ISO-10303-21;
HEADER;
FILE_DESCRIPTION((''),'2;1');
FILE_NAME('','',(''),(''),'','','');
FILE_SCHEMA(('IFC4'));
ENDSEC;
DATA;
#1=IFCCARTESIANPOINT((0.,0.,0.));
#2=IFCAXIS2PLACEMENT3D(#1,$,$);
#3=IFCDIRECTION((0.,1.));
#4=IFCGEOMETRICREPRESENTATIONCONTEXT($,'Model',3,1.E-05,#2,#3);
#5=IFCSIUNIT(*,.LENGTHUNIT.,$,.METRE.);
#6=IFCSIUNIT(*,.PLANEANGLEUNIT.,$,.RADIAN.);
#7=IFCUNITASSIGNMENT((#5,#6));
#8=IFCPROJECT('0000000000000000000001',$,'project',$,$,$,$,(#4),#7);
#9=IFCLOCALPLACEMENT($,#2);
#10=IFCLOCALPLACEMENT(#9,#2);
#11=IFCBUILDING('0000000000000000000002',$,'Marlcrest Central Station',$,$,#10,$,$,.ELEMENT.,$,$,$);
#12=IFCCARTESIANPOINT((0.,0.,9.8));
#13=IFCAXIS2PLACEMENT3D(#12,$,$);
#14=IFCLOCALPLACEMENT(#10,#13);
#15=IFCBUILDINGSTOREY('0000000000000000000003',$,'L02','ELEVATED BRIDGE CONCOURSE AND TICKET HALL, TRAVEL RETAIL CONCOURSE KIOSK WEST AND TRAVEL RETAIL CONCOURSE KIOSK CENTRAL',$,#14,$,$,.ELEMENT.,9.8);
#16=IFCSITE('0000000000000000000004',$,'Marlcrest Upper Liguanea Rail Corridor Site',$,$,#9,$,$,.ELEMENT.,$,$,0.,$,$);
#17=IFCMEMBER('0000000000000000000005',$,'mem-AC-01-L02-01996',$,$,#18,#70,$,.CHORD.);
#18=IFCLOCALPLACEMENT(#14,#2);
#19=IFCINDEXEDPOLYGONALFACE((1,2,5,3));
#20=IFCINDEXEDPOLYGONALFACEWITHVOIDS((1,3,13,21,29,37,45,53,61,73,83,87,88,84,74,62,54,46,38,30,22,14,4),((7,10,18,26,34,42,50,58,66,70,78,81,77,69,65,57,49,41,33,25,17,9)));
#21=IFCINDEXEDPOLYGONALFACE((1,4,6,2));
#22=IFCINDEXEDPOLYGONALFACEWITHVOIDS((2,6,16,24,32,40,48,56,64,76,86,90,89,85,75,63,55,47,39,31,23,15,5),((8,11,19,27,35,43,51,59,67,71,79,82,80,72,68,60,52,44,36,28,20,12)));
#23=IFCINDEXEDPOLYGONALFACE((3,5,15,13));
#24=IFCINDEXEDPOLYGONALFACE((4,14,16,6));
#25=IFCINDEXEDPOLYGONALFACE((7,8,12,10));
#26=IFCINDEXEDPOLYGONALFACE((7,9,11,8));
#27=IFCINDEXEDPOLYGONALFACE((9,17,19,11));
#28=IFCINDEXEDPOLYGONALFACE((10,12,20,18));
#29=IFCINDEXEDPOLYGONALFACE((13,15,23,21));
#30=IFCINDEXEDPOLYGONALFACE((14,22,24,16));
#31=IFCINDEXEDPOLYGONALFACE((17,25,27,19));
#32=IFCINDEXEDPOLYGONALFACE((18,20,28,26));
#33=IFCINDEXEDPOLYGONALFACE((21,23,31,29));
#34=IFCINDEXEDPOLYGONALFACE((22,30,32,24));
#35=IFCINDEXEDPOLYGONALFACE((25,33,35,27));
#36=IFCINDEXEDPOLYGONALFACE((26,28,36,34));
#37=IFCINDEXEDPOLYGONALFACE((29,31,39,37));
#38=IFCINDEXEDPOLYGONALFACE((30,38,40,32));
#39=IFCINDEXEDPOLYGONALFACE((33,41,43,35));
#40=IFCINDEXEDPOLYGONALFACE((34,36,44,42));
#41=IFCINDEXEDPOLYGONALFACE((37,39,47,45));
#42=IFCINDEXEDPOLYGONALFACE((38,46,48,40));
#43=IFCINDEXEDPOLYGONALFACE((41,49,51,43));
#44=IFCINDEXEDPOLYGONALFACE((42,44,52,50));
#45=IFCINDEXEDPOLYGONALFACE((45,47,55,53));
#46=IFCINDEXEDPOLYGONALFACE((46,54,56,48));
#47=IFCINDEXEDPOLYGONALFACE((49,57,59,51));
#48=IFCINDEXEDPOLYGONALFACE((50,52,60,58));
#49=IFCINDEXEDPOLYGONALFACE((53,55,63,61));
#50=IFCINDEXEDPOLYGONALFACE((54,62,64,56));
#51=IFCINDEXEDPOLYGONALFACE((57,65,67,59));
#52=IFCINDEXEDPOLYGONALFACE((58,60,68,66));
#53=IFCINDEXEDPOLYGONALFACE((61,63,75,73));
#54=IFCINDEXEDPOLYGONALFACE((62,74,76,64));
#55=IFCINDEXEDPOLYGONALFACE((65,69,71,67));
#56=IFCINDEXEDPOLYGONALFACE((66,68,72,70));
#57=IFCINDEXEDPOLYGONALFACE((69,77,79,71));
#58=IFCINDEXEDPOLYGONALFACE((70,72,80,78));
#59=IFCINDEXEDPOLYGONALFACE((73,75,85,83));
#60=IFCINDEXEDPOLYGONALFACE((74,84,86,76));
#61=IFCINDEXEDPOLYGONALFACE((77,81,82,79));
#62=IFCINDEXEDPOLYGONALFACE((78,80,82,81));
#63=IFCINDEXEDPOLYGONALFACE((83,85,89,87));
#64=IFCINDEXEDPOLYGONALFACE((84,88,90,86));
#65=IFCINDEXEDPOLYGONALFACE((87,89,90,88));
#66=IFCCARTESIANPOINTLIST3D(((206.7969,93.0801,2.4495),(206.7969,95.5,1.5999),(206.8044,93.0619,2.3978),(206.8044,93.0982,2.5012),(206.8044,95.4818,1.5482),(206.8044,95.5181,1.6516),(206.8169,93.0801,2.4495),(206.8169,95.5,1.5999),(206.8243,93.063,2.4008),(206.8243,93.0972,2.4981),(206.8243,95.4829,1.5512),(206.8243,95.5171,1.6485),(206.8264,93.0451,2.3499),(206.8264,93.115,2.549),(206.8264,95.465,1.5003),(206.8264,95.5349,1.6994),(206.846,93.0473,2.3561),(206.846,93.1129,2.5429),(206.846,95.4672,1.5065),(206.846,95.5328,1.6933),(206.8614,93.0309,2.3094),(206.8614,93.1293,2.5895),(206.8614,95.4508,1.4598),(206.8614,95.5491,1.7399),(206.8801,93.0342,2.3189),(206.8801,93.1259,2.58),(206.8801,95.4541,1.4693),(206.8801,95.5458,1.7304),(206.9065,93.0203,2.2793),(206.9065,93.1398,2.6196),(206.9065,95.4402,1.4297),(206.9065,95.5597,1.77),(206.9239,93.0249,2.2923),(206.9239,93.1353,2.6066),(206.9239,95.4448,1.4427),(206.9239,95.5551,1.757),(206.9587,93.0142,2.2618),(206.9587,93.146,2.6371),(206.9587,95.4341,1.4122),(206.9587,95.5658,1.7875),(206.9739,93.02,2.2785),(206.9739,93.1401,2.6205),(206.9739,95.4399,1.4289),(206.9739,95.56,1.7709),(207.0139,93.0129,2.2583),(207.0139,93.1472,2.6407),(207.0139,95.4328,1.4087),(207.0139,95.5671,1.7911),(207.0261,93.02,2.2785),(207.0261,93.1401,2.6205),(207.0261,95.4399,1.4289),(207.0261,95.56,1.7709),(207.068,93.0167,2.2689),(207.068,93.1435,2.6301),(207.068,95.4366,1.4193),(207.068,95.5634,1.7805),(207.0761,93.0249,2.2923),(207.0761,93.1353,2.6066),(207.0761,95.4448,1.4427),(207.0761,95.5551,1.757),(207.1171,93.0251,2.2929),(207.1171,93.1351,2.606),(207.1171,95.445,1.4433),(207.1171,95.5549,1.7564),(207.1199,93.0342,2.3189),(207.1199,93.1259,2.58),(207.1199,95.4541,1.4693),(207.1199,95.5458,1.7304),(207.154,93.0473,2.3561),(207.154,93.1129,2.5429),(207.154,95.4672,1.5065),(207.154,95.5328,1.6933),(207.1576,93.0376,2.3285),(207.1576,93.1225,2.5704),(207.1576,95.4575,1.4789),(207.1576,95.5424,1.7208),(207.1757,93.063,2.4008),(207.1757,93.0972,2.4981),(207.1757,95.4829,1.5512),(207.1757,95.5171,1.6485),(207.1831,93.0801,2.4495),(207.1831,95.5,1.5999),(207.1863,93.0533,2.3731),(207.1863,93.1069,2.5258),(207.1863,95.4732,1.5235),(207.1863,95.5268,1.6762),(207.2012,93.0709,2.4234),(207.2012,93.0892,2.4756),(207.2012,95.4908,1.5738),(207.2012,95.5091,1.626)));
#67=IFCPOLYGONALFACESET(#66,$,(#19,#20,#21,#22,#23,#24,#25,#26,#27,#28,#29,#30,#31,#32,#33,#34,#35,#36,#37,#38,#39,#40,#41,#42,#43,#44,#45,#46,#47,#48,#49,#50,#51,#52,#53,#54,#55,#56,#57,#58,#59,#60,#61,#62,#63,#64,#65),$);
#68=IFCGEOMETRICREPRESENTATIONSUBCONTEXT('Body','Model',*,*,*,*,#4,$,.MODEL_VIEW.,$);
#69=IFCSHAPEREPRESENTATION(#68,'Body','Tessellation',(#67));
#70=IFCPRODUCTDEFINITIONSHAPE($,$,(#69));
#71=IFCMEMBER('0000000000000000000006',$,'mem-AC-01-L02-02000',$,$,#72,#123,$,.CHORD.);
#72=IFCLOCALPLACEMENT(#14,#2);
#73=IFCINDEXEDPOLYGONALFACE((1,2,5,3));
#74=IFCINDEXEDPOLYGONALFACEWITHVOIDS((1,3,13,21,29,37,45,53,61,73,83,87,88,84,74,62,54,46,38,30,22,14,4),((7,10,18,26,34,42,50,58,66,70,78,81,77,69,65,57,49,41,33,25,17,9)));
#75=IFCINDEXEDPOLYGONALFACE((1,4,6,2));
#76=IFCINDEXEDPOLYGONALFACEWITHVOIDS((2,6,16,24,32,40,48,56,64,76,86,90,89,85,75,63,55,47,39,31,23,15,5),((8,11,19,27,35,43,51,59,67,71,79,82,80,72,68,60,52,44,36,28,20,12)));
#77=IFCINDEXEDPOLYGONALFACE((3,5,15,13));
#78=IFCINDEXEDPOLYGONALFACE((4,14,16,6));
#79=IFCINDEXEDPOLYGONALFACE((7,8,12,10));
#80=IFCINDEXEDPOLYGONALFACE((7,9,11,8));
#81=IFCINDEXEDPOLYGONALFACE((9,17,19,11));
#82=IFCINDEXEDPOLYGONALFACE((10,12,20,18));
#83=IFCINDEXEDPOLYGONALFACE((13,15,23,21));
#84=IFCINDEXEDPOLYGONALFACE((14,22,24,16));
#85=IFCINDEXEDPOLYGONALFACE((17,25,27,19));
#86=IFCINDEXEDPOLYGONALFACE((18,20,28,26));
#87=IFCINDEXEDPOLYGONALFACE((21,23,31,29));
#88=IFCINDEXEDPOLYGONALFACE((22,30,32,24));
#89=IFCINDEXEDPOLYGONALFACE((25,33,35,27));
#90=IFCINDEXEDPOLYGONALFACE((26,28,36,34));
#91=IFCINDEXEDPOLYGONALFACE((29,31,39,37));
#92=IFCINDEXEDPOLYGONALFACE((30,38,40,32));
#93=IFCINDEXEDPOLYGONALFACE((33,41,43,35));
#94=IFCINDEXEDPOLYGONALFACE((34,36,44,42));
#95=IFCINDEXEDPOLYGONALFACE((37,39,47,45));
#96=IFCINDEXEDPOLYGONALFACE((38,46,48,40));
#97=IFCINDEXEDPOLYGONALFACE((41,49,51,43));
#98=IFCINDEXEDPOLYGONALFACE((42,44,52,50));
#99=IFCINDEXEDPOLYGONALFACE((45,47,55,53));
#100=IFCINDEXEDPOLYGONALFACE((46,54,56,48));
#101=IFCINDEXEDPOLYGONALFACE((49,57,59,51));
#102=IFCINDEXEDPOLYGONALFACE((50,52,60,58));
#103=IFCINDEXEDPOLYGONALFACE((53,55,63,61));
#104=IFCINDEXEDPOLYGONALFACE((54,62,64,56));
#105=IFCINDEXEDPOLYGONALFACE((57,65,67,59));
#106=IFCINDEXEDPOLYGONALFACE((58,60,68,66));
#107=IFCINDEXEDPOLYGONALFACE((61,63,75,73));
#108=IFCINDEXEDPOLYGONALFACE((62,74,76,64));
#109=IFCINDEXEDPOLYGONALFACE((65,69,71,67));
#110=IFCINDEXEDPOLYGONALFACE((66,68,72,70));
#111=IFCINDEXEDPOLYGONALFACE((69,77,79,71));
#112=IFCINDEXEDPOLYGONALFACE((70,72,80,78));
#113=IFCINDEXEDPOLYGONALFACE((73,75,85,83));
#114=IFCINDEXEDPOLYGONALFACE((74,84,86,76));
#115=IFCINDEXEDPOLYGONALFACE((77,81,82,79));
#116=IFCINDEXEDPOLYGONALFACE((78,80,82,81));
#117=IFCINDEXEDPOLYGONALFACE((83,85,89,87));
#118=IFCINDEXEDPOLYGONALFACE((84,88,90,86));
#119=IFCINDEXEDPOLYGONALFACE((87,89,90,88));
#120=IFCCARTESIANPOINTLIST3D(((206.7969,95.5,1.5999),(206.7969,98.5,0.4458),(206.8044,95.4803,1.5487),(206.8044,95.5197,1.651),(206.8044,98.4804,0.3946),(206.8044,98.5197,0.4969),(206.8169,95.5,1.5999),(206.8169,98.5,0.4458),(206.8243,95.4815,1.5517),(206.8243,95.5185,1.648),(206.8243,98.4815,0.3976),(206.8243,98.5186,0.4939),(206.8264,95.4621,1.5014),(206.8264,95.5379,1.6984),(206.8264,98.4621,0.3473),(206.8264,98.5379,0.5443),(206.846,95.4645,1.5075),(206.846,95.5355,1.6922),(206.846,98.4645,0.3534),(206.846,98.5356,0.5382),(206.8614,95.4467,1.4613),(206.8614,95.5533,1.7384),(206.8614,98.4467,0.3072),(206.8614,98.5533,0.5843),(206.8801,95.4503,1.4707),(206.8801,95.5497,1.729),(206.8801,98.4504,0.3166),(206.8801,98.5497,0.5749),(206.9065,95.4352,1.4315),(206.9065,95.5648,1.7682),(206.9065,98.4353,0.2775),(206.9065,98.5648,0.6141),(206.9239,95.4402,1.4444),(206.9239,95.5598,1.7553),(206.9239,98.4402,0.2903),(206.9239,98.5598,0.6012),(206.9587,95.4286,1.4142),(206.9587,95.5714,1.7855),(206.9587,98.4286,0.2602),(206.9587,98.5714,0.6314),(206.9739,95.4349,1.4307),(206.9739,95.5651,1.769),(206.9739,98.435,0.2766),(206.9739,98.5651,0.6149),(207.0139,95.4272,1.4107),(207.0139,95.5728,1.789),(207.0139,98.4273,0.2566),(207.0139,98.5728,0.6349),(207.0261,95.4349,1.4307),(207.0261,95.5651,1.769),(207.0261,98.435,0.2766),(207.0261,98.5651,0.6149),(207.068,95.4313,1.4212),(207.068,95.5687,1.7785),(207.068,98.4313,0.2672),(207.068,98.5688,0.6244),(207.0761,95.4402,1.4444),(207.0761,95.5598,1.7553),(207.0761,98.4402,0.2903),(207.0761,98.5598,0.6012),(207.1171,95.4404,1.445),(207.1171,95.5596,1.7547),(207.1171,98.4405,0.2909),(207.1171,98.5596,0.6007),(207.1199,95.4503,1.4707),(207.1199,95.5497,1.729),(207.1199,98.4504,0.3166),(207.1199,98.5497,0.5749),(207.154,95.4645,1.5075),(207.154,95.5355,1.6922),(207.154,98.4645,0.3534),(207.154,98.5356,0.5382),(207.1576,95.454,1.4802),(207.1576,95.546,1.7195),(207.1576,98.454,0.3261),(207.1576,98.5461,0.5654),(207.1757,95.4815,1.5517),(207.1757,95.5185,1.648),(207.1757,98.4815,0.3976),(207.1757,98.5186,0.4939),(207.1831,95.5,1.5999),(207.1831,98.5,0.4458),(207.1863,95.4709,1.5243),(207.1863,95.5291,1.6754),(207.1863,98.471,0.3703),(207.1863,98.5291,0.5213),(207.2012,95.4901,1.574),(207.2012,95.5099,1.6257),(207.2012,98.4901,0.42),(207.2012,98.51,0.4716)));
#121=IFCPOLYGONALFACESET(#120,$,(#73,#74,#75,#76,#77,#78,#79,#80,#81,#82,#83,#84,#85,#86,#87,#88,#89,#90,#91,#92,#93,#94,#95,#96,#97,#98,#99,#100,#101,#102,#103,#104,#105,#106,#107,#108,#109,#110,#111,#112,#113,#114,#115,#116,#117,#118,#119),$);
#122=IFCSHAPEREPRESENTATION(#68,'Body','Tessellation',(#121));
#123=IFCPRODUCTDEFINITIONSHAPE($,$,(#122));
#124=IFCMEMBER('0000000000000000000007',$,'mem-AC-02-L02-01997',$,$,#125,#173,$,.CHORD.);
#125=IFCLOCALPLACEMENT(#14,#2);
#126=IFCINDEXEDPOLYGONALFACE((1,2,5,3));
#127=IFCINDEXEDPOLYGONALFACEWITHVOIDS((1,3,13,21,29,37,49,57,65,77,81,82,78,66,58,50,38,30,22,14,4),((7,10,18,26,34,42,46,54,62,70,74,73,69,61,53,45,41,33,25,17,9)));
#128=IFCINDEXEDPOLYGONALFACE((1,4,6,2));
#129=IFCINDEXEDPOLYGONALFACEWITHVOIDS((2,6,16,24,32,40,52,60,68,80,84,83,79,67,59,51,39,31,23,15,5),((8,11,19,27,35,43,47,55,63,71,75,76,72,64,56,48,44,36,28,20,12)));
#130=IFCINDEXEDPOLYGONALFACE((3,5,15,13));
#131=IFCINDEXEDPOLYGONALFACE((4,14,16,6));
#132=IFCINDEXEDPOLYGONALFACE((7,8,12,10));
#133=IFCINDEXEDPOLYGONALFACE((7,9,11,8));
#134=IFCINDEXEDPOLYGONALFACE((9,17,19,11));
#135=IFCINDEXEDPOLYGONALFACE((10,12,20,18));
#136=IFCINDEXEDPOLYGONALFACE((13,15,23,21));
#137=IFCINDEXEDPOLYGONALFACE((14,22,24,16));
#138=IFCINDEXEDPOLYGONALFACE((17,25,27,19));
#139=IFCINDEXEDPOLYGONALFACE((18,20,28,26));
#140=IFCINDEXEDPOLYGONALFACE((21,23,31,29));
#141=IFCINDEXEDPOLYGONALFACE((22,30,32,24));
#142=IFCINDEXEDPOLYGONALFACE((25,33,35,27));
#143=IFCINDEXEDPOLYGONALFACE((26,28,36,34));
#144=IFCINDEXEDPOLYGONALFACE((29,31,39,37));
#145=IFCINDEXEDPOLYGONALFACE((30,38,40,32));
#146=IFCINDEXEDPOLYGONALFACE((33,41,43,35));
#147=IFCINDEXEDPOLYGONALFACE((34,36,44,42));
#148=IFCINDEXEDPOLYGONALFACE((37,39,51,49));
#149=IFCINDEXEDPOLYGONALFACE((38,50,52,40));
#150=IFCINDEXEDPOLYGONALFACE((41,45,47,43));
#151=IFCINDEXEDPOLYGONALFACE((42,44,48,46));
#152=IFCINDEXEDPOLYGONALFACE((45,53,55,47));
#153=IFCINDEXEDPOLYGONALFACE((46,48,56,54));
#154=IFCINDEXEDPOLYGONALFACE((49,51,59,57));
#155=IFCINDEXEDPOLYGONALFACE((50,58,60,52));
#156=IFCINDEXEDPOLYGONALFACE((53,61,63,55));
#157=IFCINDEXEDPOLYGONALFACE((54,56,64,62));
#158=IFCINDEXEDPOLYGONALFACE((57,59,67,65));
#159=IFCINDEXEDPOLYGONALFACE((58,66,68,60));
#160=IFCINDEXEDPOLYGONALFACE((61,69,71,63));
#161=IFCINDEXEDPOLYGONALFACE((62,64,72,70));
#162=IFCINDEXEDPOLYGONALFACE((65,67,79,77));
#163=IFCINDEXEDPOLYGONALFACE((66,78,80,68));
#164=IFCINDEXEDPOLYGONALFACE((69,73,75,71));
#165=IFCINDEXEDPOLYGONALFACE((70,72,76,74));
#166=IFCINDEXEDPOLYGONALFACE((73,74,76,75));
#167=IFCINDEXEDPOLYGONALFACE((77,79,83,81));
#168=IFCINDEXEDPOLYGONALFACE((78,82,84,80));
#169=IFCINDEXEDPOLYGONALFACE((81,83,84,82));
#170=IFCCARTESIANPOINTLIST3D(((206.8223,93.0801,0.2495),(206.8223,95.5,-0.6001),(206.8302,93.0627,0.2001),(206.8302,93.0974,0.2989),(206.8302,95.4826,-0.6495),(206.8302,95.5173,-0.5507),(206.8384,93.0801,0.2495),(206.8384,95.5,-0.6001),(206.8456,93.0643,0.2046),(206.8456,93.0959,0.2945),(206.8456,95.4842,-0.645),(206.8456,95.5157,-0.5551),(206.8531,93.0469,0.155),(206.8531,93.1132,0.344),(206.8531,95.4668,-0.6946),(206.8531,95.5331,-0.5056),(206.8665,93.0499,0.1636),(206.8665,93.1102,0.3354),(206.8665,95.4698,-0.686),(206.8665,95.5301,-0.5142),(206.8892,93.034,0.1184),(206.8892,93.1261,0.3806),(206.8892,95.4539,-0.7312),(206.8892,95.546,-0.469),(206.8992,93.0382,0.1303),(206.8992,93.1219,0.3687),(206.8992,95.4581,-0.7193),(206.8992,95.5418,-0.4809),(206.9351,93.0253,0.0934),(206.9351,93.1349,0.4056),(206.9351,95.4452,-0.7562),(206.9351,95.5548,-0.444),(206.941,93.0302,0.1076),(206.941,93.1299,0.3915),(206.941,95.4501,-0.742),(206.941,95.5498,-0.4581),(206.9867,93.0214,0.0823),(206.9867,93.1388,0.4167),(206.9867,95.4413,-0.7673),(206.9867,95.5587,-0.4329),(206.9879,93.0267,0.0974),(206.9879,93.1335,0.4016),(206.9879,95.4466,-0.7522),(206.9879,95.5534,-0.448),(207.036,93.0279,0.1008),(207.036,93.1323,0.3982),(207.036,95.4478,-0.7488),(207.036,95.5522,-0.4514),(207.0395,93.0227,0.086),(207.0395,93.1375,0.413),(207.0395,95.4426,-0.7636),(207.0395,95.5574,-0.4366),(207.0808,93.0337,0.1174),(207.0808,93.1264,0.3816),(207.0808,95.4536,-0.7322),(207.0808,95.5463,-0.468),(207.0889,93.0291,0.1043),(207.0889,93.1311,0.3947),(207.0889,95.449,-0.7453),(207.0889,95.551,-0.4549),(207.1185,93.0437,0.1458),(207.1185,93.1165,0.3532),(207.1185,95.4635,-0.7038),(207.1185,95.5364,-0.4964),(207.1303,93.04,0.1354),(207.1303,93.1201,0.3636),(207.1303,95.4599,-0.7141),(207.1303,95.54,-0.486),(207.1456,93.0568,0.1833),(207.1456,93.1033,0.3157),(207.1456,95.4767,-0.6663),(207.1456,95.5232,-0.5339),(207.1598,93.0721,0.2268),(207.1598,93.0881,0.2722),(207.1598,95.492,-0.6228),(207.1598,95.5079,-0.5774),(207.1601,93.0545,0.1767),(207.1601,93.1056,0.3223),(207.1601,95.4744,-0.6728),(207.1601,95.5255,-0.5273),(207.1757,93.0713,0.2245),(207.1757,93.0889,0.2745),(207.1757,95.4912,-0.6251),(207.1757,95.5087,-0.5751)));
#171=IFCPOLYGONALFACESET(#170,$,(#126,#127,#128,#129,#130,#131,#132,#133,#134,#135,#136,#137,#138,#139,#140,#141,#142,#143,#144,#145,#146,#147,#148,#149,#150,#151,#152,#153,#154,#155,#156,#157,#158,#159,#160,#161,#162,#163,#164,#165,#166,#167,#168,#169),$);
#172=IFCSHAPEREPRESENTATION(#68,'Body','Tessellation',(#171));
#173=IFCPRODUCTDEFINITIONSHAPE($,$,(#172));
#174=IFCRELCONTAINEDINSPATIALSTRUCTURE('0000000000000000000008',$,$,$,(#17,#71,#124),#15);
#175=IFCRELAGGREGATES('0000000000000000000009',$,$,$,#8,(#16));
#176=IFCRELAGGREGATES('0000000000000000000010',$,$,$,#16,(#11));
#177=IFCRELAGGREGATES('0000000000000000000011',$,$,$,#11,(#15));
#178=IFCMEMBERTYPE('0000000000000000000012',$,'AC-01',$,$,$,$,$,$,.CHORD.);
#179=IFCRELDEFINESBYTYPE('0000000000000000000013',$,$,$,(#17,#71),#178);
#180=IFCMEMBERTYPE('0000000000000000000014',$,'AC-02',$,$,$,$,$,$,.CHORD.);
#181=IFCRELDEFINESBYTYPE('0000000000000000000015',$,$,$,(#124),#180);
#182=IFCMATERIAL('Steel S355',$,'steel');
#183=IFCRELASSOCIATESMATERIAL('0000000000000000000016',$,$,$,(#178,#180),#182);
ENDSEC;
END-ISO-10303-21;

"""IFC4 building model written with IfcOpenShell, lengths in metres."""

from ifc_helpers import new_model, si_unit, direction, frame, origin, origin_2d, place, context, subcontext, project, spatial, hollow_circle, extrude, material, material_profile, profile_set, type_object, element, save


model = new_model("IFC4")

# Units and contexts
model_context = context("Model", 3, precision=1e-05, world=origin(), true_north=direction((0.0, 1.0)))
body_context = subcontext(model_context, "Body", "Model", "MODEL_VIEW")
ifc_project = project(units=[si_unit("LENGTHUNIT", "METRE"), si_unit("PLANEANGLEUNIT", "RADIAN")], contexts=[model_context])

# Site, building, storey
site_placement = place(None, origin())
site = spatial("IfcSite", under=ifc_project, at=site_placement, Name="Marlcrest Upper Liguanea Rail Corridor Site", CompositionType="ELEMENT", RefElevation=0.0)
building_placement = place(site_placement, origin())
building = spatial("IfcBuilding", under=site, at=building_placement, Name="Marlcrest Central Station", CompositionType="ELEMENT")
storey_placement = place(building_placement, frame((0.0, 0.0, 9.8)))
storey = spatial("IfcBuildingStorey", under=building, at=storey_placement, Name="L02", Description="ELEVATED BRIDGE CONCOURSE AND TICKET HALL, TRAVEL RETAIL CONCOURSE KIOSK WEST AND TRAVEL RETAIL CONCOURSE KIOSK CENTRAL", CompositionType="ELEMENT", Elevation=9.8)

# Members
ifc_material_1 = material(Name="Steel S355", Category="steel")
ifc_material_profile_1 = material_profile(ifc_material_1, hollow_circle(Radius=0.2031, WallThickness=0.02, at=origin_2d()), Name="CHS 406.4x20")
ifc_profile_set_1 = profile_set([ifc_material_profile_1], Name="Steel S355")
member_type_1 = type_object("IfcMemberType", Name="AC-01", PredefinedType="CHORD", material=ifc_profile_set_1)
member_1_placement = place(storey_placement, frame((207.0, 93.0801, 2.4495), z_axis=(0.0, 0.943537, -0.331266), x_axis=(-1.0, 0.0, 0.0)))
element("IfcMember", 1, at=member_1_placement, inside=storey, type_object=member_type_1, Name="mem-AC-01-L02-01996", PredefinedType="CHORD", context=body_context, shape_type="SweptSolid", body=[
    extrude(hollow_circle(Radius=0.2031, WallThickness=0.02, at=origin_2d()), origin(), (0.0, 0.0, 1.0), 2.5647),
])
member_2_placement = place(storey_placement, frame((207.0, 95.5, 1.5999), z_axis=(0.0, 0.933324, -0.359035), x_axis=(-1.0, 0.0, 0.0)))
element("IfcMember", 2, at=member_2_placement, inside=storey, type_object=member_type_1, Name="mem-AC-01-L02-02000", PredefinedType="CHORD", context=body_context, shape_type="SweptSolid", body=[
    extrude(hollow_circle(Radius=0.2031, WallThickness=0.02, at=origin_2d()), origin(), (0.0, 0.0, 1.0), 3.2144),
])
ifc_material_profile_2 = material_profile(ifc_material_1, hollow_circle(Radius=0.1777, WallThickness=0.0161, at=origin_2d()), Name="CHS 355.6x16")
ifc_profile_set_2 = profile_set([ifc_material_profile_2], Name="Steel S355")
member_type_2 = type_object("IfcMemberType", Name="AC-02", PredefinedType="CHORD", material=ifc_profile_set_2)
member_3_placement = place(storey_placement, frame((207.0, 93.0801, 0.2495), z_axis=(0.0, 0.943537, -0.331266), x_axis=(-1.0, 0.0, 0.0)))
element("IfcMember", 3, at=member_3_placement, inside=storey, type_object=member_type_2, Name="mem-AC-02-L02-01997", PredefinedType="CHORD", context=body_context, shape_type="SweptSolid", body=[
    extrude(hollow_circle(Radius=0.1777, WallThickness=0.0161, at=origin_2d()), origin(), (0.0, 0.0, 1.0), 2.5647),
])

save(model, "model.ifc")
